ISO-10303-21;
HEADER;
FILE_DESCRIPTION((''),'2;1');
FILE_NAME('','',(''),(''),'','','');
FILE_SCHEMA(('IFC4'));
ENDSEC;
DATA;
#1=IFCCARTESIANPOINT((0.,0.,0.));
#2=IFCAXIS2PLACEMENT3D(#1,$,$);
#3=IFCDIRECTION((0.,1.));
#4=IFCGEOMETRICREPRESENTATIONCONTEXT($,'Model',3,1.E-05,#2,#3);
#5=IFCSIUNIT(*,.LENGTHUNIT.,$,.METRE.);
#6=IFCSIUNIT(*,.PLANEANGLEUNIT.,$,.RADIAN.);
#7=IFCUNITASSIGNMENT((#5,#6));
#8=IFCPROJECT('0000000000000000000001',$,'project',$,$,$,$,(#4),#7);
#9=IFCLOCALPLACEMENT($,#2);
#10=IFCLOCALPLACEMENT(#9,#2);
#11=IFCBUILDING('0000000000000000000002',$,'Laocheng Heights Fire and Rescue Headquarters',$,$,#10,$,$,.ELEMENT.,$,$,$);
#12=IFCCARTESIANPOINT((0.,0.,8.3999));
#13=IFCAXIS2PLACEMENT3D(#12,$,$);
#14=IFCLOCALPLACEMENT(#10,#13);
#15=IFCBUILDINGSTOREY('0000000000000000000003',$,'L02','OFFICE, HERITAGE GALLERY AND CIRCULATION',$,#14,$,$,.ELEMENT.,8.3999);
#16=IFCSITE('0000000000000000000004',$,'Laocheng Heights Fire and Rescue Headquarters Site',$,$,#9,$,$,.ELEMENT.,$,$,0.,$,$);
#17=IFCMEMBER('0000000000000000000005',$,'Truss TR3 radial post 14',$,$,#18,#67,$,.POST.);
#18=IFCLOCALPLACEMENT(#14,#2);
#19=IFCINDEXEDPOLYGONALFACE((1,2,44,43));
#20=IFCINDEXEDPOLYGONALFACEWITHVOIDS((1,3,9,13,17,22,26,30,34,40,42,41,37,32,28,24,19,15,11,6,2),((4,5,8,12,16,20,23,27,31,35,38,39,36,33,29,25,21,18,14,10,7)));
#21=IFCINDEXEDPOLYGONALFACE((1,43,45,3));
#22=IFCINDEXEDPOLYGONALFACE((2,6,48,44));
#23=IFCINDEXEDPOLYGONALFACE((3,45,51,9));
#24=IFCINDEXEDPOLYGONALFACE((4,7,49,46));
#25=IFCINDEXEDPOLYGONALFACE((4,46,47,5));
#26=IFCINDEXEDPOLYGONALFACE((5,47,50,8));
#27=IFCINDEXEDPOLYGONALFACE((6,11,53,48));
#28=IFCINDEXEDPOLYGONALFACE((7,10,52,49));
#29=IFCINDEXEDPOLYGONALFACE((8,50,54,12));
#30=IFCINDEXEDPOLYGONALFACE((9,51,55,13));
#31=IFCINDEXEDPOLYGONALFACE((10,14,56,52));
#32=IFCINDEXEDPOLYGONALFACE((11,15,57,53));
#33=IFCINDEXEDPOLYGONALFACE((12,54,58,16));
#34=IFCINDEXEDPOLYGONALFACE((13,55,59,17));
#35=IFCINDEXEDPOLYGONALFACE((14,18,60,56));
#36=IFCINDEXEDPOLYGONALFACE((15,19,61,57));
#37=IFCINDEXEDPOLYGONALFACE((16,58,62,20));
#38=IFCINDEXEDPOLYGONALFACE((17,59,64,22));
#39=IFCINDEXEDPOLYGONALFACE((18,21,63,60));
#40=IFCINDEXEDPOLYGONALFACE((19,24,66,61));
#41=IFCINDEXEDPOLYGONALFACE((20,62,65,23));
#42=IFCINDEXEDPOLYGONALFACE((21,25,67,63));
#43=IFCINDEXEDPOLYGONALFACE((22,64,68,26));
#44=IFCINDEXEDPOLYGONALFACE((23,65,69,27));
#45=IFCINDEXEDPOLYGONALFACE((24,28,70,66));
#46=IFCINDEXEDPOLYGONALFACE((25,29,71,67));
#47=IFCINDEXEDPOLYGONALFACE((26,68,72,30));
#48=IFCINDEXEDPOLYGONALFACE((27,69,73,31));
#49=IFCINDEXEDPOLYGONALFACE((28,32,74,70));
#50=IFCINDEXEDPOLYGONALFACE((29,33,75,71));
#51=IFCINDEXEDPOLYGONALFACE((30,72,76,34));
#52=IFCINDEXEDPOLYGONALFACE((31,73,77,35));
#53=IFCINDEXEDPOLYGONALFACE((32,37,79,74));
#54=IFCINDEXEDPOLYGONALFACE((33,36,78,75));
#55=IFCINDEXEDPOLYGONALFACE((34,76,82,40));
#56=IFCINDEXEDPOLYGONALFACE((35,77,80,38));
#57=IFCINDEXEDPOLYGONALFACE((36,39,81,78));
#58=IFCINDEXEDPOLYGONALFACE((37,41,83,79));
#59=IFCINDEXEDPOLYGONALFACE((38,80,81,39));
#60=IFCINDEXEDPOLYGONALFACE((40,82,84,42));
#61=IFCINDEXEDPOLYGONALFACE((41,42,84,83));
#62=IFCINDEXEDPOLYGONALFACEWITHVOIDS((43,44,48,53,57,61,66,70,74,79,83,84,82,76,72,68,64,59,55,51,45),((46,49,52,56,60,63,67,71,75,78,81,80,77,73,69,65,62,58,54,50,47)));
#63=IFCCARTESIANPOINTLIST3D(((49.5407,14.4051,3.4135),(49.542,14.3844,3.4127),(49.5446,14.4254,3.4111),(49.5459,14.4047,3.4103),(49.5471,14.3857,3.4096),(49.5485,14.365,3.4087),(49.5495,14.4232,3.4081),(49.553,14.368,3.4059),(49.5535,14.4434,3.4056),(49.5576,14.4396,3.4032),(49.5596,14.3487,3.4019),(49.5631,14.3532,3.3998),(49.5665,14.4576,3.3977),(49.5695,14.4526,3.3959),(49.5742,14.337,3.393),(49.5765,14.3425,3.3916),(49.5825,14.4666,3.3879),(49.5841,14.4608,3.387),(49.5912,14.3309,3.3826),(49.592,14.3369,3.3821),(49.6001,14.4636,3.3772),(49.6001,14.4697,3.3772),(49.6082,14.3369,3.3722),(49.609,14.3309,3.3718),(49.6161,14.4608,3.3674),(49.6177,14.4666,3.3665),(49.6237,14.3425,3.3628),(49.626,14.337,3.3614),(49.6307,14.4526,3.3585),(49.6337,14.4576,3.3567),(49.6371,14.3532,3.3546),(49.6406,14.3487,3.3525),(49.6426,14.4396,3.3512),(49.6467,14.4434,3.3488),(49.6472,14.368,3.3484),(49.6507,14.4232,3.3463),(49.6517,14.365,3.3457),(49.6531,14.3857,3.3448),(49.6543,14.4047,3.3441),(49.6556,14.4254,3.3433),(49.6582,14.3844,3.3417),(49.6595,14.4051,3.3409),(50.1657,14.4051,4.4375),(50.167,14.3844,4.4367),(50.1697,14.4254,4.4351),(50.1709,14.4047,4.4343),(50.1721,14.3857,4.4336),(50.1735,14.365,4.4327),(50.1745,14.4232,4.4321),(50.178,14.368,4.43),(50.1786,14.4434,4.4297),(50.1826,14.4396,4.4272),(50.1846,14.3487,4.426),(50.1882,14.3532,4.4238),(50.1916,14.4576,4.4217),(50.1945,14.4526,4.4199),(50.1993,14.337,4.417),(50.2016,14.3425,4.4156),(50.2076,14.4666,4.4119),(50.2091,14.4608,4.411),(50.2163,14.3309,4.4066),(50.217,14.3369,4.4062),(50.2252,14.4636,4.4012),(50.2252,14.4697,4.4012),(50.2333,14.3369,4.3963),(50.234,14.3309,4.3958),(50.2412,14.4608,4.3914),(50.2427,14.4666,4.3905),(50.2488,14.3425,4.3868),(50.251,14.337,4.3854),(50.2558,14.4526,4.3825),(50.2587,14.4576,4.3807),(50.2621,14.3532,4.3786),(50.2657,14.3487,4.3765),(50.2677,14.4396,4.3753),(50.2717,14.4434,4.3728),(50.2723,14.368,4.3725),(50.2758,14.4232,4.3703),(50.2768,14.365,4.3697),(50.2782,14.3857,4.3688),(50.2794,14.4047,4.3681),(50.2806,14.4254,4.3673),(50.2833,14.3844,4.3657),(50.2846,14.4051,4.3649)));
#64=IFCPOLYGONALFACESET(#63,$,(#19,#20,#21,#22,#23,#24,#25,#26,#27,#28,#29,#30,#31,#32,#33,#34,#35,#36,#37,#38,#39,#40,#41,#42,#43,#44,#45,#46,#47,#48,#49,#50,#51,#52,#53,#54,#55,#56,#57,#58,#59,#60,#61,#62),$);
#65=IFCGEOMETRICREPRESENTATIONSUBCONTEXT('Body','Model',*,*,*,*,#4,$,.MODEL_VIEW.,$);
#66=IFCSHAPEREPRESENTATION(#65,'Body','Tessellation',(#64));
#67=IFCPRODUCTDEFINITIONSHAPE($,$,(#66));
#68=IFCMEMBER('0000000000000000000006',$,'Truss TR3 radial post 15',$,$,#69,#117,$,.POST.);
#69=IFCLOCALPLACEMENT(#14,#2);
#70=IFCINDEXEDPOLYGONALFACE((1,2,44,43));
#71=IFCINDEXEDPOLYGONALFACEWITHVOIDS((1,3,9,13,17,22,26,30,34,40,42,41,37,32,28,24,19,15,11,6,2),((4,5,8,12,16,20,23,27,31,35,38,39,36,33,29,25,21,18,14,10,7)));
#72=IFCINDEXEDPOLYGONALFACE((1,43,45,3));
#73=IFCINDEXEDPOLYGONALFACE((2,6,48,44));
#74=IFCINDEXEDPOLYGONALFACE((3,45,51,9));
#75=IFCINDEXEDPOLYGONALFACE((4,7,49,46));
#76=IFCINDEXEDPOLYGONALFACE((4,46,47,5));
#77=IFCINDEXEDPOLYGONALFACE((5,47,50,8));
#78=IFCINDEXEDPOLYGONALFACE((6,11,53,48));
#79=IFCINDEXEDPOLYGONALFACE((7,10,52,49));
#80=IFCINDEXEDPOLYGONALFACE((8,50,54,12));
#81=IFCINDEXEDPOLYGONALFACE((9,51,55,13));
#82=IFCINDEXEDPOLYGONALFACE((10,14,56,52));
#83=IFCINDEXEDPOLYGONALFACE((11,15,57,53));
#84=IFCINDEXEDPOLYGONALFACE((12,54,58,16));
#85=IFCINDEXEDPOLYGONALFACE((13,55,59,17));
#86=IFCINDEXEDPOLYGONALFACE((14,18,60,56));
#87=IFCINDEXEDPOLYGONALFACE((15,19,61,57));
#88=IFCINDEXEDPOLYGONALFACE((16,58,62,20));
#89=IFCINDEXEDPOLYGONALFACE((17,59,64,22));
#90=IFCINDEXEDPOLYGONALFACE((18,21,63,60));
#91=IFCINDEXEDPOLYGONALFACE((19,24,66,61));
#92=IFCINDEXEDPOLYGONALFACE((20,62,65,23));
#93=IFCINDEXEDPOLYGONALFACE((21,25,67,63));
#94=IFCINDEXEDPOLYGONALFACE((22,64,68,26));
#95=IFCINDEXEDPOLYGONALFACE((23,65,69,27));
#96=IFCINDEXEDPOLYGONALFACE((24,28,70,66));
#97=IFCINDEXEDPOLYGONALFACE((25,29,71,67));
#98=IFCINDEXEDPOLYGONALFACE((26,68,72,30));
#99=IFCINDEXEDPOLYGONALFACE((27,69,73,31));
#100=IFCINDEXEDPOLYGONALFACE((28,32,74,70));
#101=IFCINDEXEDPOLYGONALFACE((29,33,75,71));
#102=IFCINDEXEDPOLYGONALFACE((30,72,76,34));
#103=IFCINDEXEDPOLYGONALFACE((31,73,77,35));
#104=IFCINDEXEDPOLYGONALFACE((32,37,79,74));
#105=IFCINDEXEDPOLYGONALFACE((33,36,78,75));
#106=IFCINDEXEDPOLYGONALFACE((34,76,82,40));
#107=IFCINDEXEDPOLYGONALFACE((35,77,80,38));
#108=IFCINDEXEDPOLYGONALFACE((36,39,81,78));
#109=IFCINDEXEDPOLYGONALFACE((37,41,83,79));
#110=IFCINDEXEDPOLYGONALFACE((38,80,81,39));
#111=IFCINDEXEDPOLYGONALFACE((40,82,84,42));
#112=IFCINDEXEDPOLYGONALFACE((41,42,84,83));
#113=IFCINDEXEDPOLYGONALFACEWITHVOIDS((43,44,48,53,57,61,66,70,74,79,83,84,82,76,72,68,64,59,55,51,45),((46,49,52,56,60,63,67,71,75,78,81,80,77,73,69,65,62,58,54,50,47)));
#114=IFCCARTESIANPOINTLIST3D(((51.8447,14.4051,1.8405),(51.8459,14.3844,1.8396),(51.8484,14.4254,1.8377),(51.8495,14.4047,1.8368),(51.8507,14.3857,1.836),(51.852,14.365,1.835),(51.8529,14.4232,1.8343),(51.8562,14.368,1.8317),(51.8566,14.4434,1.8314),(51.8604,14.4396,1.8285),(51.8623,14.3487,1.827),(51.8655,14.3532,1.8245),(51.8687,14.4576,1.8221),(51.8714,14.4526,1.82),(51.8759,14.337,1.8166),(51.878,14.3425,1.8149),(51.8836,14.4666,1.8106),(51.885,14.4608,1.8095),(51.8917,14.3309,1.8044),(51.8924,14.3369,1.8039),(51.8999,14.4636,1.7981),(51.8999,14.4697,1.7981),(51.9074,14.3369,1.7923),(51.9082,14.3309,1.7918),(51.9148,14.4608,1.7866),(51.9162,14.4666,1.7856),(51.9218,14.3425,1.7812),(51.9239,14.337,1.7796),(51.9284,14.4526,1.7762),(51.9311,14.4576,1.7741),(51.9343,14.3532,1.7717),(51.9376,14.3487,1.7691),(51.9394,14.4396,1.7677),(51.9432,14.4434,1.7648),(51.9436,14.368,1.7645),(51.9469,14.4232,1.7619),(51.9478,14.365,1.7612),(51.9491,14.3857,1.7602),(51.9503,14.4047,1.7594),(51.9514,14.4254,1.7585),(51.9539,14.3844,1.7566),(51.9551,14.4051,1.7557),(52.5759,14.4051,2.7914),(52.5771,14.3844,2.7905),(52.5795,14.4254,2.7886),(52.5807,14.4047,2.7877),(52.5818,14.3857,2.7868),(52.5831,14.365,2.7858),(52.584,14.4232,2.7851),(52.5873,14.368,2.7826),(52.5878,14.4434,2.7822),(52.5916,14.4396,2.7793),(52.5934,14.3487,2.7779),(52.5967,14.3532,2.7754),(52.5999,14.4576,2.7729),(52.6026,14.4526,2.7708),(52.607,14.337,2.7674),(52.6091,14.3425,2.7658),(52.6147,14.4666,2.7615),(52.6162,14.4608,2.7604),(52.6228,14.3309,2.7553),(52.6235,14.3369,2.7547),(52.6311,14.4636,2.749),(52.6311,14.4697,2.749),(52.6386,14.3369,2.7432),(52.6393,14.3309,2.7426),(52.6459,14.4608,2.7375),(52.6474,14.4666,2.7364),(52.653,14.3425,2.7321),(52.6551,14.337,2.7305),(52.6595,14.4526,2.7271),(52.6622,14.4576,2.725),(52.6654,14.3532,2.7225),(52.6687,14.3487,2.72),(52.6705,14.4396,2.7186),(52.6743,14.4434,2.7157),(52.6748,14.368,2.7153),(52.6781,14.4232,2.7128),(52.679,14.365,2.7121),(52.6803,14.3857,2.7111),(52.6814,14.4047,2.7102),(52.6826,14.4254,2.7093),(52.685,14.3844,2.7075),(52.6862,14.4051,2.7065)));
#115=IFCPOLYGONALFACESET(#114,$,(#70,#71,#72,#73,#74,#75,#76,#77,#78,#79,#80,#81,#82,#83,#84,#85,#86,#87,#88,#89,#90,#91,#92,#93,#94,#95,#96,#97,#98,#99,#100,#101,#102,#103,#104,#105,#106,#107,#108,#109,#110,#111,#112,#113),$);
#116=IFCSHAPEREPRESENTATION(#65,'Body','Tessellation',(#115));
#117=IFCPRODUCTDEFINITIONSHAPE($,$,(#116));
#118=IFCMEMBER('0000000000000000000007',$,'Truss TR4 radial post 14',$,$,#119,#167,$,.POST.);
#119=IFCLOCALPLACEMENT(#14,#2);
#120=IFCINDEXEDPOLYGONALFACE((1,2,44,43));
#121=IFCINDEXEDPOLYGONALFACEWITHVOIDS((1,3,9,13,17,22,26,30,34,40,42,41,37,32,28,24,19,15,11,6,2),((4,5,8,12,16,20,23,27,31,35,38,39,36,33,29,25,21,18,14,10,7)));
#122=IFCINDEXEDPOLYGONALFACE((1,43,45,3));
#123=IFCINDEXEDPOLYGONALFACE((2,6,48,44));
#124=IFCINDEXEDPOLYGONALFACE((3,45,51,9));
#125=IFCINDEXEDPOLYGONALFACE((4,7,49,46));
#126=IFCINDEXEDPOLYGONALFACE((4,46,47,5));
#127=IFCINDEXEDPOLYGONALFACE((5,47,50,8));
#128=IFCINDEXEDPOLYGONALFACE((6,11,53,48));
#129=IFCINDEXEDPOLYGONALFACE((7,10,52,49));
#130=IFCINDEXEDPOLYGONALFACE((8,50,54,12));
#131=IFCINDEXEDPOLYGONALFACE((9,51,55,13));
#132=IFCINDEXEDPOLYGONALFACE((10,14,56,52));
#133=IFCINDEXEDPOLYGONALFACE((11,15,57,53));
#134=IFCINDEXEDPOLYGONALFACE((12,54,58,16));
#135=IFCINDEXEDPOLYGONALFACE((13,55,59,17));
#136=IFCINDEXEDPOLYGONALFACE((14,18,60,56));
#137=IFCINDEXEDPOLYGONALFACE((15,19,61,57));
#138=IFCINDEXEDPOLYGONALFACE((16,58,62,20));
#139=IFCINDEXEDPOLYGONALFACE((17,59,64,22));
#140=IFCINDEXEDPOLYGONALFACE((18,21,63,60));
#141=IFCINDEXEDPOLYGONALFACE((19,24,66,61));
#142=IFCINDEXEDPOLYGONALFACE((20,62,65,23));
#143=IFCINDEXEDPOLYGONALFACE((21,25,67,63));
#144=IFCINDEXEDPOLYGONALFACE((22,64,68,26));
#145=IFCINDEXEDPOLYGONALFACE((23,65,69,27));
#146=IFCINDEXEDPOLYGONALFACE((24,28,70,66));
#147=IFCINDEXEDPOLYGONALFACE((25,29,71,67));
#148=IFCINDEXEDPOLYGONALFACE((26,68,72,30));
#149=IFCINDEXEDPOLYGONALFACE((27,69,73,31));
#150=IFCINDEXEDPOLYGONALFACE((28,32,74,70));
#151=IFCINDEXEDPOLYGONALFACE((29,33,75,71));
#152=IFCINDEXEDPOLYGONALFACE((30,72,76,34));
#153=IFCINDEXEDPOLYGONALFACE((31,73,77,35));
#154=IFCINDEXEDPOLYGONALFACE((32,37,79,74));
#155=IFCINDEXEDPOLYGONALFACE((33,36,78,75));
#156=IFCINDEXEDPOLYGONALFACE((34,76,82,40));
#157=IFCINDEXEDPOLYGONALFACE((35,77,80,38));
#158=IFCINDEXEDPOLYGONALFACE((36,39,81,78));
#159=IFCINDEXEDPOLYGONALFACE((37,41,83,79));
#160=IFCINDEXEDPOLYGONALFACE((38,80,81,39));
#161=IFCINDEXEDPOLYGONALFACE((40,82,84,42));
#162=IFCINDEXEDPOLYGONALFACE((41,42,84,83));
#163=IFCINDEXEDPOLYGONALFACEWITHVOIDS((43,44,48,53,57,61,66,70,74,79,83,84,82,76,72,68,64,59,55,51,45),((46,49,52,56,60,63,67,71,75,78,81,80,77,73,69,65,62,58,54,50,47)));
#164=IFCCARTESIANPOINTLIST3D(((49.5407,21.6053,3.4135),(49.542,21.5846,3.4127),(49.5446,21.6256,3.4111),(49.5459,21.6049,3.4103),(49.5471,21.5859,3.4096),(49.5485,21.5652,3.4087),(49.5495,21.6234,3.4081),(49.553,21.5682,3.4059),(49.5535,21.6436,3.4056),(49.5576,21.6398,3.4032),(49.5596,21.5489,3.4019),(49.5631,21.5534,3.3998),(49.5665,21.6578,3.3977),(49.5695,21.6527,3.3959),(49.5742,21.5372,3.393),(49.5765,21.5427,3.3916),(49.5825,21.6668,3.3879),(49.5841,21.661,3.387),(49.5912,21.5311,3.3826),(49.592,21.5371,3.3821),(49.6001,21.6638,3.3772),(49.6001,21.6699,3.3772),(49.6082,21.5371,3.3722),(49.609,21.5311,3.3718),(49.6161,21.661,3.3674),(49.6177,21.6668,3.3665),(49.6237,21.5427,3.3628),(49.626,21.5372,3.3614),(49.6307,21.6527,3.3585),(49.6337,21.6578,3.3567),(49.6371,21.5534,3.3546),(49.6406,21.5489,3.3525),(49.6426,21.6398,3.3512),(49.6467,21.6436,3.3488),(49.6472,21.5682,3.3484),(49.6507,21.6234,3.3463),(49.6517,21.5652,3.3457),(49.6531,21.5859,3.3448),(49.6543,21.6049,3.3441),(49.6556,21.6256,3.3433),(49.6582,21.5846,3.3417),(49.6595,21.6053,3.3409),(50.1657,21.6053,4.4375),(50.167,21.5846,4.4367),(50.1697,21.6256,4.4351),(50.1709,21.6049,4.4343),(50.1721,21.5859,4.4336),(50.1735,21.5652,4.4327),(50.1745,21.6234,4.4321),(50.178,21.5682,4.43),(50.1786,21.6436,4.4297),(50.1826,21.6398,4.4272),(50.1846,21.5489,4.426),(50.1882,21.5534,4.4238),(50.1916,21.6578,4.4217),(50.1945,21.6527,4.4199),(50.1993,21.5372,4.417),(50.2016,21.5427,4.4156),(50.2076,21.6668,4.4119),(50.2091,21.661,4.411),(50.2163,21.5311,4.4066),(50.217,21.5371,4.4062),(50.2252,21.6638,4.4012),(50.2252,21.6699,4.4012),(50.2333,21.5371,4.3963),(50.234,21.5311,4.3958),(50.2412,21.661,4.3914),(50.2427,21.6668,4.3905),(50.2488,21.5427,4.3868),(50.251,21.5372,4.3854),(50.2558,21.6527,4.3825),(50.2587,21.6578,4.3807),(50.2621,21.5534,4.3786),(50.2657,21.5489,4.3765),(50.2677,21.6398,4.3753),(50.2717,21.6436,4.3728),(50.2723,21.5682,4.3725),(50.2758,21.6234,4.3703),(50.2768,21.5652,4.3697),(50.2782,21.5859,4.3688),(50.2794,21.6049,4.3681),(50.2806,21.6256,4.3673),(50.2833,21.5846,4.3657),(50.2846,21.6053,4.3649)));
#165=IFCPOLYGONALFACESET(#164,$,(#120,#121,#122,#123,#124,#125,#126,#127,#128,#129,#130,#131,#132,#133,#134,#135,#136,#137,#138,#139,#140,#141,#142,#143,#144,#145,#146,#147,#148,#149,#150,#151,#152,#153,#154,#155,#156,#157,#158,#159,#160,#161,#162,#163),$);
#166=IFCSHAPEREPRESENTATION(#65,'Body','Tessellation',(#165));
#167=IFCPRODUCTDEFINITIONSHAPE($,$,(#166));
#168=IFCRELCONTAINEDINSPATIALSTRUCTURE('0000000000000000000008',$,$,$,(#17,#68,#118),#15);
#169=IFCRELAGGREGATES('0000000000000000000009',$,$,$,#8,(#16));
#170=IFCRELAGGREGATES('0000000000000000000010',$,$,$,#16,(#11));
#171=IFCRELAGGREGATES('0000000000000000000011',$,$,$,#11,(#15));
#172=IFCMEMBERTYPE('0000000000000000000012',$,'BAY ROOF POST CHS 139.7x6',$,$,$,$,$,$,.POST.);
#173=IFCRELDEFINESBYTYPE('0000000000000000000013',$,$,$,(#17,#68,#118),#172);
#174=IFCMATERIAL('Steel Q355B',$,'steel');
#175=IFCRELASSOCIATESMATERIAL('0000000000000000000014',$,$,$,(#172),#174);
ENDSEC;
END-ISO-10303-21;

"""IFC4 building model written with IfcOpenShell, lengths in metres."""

from ifc_helpers import new_model, si_unit, direction, frame, origin, origin_2d, place, context, subcontext, project, spatial, hollow_circle, extrude, material, material_profile, profile_set, type_object, element, save


model = new_model("IFC4")

# Units and contexts
model_context = context("Model", 3, precision=1e-05, world=origin(), true_north=direction((0.0, 1.0)))
body_context = subcontext(model_context, "Body", "Model", "MODEL_VIEW")
ifc_project = project(units=[si_unit("LENGTHUNIT", "METRE"), si_unit("PLANEANGLEUNIT", "RADIAN")], contexts=[model_context])

# Site, building, storey
site_placement = place(None, origin())
site = spatial("IfcSite", under=ifc_project, at=site_placement, Name="Laocheng Heights Fire and Rescue Headquarters Site", CompositionType="ELEMENT", RefElevation=0.0)
building_placement = place(site_placement, origin())
building = spatial("IfcBuilding", under=site, at=building_placement, Name="Laocheng Heights Fire and Rescue Headquarters", CompositionType="ELEMENT")
storey_placement = place(building_placement, frame((0.0, 0.0, 8.3999)))
storey = spatial("IfcBuildingStorey", under=building, at=storey_placement, Name="L02", Description="OFFICE, HERITAGE GALLERY AND CIRCULATION", CompositionType="ELEMENT", Elevation=8.3999)

# Members
ifc_material_1 = material(Name="Steel Q355B", Category="steel")
ifc_material_profile_1 = material_profile(ifc_material_1, hollow_circle(Radius=0.0698, WallThickness=0.0061, at=origin_2d()), Name="CHS 139.7x6")
ifc_profile_set_1 = profile_set([ifc_material_profile_1], Name="Steel Q355B")
member_type_1 = type_object("IfcMemberType", Name="BAY ROOF POST CHS 139.7x6", PredefinedType="POST", material=ifc_profile_set_1)
member_1_placement = place(storey_placement, frame((49.6001, 14.3999, 3.3772), z_axis=(0.521005, 0.0, 0.853553), x_axis=(0.0, 1.0, 0.0)))
element("IfcMember", 1, at=member_1_placement, inside=storey, type_object=member_type_1, Name="Truss TR3 radial post 14", PredefinedType="POST", context=body_context, shape_type="SweptSolid", body=[
    extrude(hollow_circle(Radius=0.0698, WallThickness=0.0061, at=origin_2d()), origin(), (0.0, 0.0, 1.0), 1.1997),
])
member_2_placement = place(storey_placement, frame((51.8999, 14.3999, 1.7981), z_axis=(0.609563, 0.0, 0.792737), x_axis=(0.0, 1.0, 0.0)))
element("IfcMember", 2, at=member_2_placement, inside=storey, type_object=member_type_1, Name="Truss TR3 radial post 15", PredefinedType="POST", context=body_context, shape_type="SweptSolid", body=[
    extrude(hollow_circle(Radius=0.0698, WallThickness=0.0061, at=origin_2d()), origin(), (0.0, 0.0, 1.0), 1.1995),
])
member_3_placement = place(storey_placement, frame((49.6001, 21.6001, 3.3772), z_axis=(0.521005, 0.0, 0.853553), x_axis=(0.0, 1.0, 0.0)))
element("IfcMember", 3, at=member_3_placement, inside=storey, type_object=member_type_1, Name="Truss TR4 radial post 14", PredefinedType="POST", context=body_context, shape_type="SweptSolid", body=[
    extrude(hollow_circle(Radius=0.0698, WallThickness=0.0061, at=origin_2d()), origin(), (0.0, 0.0, 1.0), 1.1997),
])

save(model, "model.ifc")
